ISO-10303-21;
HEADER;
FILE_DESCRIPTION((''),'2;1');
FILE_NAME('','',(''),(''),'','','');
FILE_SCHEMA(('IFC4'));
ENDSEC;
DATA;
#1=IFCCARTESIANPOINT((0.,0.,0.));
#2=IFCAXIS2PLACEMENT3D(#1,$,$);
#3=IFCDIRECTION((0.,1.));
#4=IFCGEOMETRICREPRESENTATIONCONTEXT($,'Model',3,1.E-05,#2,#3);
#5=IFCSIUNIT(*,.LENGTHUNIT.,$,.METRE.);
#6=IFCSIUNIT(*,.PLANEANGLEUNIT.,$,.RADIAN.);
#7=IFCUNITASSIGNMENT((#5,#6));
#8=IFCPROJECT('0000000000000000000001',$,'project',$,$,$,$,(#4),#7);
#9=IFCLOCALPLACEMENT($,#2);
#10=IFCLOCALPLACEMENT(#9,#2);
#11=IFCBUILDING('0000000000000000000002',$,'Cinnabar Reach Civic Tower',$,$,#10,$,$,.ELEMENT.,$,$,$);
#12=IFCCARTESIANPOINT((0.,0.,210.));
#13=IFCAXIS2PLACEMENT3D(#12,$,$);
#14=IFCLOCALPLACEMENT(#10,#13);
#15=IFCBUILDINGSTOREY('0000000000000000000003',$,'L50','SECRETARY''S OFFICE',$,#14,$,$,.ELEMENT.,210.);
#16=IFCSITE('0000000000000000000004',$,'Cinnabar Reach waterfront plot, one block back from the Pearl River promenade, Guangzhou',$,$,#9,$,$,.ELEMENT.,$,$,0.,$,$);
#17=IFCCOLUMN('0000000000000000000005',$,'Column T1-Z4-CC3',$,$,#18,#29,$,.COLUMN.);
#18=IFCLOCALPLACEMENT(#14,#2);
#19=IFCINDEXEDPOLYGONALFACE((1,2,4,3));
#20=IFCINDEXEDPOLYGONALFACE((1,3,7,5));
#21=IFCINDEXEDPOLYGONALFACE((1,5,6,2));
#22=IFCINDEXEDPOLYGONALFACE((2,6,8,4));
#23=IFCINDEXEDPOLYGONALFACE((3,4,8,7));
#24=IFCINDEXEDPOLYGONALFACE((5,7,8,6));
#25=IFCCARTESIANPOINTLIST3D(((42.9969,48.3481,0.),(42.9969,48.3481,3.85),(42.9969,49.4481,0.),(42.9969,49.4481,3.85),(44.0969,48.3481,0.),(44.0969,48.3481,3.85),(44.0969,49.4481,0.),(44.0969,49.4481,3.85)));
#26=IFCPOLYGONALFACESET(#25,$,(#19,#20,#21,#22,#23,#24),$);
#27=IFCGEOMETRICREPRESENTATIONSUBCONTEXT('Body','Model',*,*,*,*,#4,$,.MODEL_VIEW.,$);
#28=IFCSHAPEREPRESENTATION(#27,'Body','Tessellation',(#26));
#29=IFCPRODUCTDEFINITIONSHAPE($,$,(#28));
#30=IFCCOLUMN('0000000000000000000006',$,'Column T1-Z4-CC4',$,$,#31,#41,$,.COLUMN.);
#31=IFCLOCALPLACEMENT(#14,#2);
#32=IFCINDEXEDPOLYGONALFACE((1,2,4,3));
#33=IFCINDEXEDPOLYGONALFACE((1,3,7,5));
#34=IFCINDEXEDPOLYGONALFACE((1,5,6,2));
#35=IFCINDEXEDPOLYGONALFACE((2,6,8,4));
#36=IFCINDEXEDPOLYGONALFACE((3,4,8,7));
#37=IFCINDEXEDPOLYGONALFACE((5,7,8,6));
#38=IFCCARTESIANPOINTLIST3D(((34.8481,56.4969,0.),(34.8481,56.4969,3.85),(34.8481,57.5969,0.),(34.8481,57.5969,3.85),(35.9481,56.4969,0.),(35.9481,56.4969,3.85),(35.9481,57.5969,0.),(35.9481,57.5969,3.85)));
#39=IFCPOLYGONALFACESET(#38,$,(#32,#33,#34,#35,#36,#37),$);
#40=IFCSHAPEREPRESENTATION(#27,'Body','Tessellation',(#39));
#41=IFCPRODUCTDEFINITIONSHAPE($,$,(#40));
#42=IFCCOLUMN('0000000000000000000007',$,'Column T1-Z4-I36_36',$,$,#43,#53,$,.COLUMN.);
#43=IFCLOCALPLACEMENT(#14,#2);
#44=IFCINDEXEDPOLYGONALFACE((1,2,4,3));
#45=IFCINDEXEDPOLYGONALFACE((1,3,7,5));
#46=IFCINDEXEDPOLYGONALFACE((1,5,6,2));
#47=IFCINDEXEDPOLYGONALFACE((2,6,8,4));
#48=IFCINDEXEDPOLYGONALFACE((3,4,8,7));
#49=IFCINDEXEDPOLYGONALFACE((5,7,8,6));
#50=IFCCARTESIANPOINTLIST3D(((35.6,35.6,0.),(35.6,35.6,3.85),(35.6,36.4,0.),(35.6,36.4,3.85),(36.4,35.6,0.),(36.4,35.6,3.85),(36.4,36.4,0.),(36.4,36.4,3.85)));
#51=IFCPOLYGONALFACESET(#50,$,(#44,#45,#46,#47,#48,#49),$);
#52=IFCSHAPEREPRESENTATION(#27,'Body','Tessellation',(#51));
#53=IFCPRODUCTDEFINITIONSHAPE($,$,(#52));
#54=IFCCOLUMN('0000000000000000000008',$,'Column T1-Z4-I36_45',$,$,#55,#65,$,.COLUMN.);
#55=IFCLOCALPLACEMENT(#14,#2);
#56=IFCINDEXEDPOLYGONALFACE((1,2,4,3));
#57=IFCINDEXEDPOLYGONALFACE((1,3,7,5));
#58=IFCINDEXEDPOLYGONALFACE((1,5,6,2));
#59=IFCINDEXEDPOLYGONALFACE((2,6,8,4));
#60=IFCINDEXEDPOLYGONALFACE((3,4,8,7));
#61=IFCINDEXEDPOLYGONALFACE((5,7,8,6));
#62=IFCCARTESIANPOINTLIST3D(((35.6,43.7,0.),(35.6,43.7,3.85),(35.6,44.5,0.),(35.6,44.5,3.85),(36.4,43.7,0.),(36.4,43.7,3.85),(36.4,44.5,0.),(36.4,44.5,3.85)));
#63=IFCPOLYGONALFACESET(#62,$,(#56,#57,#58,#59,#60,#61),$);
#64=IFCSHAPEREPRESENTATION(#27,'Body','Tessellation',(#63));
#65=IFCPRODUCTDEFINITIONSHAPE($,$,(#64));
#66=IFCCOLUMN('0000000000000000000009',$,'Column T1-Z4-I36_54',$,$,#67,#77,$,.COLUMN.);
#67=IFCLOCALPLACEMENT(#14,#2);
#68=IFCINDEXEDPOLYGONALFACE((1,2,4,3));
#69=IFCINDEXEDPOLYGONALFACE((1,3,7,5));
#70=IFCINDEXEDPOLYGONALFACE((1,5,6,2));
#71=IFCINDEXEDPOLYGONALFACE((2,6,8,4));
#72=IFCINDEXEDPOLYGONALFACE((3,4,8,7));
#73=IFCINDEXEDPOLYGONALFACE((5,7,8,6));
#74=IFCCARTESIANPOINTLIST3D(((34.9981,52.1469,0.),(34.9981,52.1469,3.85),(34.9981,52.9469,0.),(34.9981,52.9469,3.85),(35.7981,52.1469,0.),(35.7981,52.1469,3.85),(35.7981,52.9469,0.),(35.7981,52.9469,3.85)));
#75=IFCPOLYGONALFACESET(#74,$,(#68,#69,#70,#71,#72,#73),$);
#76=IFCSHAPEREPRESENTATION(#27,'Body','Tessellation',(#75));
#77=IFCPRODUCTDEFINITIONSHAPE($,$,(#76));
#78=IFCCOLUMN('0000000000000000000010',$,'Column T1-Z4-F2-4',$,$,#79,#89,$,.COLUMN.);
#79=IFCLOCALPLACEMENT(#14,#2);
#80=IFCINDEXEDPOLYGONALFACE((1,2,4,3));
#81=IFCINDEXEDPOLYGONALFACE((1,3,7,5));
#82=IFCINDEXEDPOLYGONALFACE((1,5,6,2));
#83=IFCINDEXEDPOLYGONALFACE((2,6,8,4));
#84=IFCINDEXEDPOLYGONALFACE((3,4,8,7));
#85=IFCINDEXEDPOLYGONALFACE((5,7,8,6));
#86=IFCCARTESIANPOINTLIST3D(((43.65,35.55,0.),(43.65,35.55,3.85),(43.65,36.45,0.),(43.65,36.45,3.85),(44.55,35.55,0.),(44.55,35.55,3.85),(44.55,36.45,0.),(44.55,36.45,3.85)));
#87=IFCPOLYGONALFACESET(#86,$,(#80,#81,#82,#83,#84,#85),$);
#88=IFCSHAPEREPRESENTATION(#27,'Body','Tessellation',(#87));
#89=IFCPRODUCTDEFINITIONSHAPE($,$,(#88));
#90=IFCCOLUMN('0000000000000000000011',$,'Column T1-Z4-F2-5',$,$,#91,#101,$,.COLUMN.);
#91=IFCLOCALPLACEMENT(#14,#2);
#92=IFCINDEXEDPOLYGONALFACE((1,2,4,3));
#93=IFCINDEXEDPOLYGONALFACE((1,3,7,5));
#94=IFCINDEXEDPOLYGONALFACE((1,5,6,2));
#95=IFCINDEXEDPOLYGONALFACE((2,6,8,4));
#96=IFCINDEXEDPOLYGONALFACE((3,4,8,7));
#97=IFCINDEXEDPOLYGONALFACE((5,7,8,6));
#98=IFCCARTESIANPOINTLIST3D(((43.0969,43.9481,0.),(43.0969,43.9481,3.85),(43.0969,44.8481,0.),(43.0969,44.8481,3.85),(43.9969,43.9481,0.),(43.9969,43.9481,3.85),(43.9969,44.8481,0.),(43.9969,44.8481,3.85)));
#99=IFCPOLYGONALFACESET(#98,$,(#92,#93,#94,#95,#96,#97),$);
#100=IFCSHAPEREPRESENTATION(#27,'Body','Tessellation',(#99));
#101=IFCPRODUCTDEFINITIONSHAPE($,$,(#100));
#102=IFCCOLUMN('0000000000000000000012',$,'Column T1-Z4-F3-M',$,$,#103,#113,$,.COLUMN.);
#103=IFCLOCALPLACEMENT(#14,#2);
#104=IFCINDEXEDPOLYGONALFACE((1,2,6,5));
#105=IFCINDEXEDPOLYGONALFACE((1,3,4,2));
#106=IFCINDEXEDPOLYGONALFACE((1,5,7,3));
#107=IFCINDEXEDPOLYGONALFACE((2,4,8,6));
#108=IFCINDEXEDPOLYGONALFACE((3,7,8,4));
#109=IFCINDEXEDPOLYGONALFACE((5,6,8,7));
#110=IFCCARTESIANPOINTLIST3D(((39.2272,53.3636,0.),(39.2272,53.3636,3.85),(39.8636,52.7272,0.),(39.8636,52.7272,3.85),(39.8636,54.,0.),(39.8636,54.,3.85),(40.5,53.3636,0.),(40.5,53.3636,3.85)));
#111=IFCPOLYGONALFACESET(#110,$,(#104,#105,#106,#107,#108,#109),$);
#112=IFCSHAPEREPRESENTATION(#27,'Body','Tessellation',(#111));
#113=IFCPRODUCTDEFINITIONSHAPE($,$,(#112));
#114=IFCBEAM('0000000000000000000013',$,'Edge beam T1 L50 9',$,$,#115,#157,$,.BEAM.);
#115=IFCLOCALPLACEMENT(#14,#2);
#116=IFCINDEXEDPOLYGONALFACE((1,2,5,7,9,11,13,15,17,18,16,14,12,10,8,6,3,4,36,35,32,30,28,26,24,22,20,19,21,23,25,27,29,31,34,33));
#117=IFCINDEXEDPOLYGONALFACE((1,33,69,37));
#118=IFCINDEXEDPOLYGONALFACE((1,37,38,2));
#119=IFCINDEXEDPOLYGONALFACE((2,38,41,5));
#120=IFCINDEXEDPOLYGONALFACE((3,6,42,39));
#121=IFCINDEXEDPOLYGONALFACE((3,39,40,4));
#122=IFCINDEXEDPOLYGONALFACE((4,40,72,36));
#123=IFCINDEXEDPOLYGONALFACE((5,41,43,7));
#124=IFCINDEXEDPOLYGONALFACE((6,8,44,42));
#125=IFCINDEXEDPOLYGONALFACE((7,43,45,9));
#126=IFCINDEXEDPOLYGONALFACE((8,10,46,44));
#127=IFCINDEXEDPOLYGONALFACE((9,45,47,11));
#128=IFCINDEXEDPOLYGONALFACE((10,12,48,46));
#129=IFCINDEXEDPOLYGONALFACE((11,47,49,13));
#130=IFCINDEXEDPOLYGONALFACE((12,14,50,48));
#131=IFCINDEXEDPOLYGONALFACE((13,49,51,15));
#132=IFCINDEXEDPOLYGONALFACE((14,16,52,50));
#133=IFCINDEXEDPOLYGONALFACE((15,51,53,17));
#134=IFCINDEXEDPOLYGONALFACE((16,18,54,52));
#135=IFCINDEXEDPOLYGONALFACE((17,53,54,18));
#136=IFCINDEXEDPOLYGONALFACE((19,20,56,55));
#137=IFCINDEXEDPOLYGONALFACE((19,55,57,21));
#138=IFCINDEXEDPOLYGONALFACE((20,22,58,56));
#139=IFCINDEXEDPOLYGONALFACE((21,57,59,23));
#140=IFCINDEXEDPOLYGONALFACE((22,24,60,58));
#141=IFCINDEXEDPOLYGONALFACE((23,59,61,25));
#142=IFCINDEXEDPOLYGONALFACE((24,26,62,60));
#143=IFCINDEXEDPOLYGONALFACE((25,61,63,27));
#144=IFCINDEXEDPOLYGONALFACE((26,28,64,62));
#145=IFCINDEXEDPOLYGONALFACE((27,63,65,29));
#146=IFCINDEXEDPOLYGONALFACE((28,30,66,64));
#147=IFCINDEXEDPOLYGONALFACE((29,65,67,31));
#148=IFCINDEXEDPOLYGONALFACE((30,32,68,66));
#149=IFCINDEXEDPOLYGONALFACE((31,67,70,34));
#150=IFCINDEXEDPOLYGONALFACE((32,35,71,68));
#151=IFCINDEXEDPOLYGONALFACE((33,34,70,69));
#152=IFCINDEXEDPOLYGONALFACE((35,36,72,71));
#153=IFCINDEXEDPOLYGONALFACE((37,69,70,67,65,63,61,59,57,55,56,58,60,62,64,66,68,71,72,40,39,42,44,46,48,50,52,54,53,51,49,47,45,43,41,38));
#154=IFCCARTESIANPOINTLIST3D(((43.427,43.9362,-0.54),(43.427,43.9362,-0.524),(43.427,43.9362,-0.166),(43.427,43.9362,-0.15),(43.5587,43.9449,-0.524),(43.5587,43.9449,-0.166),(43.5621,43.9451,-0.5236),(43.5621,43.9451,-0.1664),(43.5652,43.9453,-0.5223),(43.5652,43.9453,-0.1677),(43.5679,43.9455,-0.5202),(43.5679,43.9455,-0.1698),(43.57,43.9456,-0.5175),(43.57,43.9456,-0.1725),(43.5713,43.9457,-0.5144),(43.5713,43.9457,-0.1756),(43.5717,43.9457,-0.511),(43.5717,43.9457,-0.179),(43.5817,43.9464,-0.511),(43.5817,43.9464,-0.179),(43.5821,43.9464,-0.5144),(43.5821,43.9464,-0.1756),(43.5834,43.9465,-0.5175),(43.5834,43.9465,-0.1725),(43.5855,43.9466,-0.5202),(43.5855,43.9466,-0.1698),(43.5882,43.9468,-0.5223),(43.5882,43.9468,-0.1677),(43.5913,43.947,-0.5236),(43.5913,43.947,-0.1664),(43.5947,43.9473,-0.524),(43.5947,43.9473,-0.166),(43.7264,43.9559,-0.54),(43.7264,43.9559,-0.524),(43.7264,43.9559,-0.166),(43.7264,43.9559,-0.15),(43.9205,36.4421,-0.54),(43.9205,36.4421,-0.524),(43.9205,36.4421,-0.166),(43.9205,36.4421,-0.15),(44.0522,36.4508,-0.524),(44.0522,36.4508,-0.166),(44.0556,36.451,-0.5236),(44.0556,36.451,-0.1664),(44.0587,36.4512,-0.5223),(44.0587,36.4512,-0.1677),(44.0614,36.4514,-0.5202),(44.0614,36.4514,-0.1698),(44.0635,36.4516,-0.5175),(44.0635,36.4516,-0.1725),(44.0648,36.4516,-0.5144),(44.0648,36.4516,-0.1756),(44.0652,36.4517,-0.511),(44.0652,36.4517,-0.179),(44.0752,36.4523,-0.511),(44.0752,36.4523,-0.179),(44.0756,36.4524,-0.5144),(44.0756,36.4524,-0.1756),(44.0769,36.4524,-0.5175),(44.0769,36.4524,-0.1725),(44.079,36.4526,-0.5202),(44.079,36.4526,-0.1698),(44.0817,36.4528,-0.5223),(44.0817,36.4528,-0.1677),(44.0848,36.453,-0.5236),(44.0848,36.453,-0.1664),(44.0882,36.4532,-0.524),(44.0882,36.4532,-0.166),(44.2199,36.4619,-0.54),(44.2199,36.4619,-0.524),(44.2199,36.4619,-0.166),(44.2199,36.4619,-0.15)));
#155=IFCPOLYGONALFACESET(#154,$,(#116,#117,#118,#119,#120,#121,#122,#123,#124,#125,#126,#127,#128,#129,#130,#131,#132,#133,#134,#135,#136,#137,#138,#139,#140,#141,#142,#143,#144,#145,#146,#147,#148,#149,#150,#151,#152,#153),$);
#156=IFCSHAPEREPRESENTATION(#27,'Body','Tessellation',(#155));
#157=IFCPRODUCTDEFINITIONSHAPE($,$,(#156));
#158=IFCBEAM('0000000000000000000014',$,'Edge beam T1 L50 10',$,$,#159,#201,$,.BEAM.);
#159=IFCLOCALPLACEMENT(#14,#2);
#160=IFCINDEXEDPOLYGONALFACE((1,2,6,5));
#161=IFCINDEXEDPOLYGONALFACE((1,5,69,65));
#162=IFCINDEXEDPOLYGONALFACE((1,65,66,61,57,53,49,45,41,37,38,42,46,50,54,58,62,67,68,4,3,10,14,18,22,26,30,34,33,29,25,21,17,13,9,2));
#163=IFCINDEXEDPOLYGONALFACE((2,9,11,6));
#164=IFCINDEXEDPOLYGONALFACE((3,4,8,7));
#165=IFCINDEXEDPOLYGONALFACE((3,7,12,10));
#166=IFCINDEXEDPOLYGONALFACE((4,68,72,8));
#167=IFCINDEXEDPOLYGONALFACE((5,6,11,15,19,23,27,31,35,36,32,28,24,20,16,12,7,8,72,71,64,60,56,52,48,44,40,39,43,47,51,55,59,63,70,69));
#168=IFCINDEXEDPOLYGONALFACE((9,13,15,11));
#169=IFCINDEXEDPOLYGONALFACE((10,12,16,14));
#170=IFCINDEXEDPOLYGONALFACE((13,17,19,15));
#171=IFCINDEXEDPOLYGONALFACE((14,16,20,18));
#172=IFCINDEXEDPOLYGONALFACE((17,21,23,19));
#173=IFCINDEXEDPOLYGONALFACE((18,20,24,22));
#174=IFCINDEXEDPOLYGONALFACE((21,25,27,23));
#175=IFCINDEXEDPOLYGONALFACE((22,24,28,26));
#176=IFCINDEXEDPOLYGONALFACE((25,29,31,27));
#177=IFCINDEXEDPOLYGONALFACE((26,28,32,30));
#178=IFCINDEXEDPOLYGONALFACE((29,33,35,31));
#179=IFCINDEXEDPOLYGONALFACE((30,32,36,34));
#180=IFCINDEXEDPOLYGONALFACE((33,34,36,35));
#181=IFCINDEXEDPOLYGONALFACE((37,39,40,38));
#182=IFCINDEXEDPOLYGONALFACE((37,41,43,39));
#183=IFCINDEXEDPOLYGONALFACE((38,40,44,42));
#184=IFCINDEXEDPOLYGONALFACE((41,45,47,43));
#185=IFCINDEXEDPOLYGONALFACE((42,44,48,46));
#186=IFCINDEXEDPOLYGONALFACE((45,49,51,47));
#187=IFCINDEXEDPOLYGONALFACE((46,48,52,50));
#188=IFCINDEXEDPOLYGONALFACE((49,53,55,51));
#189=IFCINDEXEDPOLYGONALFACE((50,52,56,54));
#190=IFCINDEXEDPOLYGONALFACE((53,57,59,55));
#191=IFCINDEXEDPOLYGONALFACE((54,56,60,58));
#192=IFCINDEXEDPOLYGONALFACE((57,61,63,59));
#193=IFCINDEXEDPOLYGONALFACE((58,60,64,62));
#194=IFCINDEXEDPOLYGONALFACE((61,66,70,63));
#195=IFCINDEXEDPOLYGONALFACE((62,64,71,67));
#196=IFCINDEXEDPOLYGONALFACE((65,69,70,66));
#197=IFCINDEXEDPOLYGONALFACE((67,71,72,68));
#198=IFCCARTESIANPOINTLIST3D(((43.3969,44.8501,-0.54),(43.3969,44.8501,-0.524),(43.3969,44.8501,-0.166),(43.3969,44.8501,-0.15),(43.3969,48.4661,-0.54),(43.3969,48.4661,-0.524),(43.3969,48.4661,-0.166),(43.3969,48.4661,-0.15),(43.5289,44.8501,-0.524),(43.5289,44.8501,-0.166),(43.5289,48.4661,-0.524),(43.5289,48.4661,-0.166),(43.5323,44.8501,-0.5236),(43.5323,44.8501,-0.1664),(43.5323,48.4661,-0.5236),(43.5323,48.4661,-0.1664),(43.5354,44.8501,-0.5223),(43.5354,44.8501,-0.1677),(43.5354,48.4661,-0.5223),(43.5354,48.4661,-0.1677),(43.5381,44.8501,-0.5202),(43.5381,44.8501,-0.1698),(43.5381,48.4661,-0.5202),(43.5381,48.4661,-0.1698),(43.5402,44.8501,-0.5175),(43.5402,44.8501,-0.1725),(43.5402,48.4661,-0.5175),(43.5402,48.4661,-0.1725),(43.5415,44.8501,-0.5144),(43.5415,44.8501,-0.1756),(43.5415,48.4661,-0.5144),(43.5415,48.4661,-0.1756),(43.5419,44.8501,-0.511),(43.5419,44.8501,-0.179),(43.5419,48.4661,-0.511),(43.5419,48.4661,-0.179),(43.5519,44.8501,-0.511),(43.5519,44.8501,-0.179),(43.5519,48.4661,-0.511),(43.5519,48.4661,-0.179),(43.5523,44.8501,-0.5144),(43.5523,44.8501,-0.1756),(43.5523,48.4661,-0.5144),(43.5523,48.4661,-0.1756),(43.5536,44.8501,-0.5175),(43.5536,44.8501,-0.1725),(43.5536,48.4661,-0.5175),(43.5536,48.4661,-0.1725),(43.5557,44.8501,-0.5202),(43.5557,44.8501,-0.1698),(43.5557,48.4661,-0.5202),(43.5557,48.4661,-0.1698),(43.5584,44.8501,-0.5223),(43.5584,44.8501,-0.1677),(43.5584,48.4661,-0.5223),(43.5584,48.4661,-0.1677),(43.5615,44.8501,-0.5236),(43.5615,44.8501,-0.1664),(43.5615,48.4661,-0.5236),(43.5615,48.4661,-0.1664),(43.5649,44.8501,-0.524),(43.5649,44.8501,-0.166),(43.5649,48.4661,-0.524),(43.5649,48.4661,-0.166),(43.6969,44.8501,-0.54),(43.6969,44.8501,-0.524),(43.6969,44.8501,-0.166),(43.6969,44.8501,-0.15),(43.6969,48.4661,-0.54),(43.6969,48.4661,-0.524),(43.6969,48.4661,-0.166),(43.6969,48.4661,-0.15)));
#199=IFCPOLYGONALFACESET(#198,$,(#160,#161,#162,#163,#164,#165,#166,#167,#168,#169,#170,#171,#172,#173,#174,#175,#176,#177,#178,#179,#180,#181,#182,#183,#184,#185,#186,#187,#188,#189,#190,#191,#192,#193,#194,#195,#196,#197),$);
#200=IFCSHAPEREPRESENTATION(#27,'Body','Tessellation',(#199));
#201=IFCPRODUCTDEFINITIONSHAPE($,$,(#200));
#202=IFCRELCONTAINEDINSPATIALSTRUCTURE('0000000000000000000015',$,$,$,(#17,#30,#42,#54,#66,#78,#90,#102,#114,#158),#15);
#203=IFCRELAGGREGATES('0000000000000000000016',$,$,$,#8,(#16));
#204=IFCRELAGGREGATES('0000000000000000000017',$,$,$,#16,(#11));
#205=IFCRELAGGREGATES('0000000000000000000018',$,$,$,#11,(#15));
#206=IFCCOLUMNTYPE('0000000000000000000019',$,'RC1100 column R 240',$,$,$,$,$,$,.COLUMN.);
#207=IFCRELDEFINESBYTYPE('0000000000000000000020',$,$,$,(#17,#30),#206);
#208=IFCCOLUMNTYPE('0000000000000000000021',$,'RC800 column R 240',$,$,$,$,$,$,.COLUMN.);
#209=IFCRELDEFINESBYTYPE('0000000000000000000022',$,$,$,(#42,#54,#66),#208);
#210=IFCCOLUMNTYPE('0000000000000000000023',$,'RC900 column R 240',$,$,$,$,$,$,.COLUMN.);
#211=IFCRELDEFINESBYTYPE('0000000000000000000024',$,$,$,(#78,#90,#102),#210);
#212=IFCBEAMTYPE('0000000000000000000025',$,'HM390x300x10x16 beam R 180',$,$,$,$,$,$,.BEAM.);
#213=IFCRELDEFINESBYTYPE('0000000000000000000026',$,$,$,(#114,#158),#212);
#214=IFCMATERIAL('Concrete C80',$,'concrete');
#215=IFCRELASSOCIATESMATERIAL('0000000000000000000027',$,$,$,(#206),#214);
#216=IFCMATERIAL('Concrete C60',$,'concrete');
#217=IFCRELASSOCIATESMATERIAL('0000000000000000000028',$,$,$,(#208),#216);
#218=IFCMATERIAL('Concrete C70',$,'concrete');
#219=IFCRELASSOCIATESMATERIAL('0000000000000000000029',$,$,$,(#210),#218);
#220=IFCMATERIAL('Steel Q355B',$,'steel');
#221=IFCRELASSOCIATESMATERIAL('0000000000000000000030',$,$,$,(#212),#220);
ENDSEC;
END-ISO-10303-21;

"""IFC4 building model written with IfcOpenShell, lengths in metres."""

from ifc_helpers import new_model, si_unit, direction, frame, origin, origin_2d, place, context, subcontext, project, spatial, rectangle, i_section, extrude, material, material_profile, profile_set, type_object, element, save


model = new_model("IFC4")

# Units and contexts
model_context = context("Model", 3, precision=1e-05, world=origin(), true_north=direction((0.0, 1.0)))
body_context = subcontext(model_context, "Body", "Model", "MODEL_VIEW")
ifc_project = project(units=[si_unit("LENGTHUNIT", "METRE"), si_unit("PLANEANGLEUNIT", "RADIAN")], contexts=[model_context])

# Site, building, storey
site_placement = place(None, origin())
site = spatial("IfcSite", under=ifc_project, at=site_placement, Name="Cinnabar Reach waterfront plot, one block back from the Pearl River promenade, Guangzhou", CompositionType="ELEMENT", RefElevation=0.0)
building_placement = place(site_placement, origin())
building = spatial("IfcBuilding", under=site, at=building_placement, Name="Cinnabar Reach Civic Tower", CompositionType="ELEMENT")
storey_placement = place(building_placement, frame((0.0, 0.0, 210.0)))
storey = spatial("IfcBuildingStorey", under=building, at=storey_placement, Name="L50", Description="SECRETARY'S OFFICE", CompositionType="ELEMENT", Elevation=210.0)

# Columns
ifc_material_1 = material(Name="Concrete C80", Category="concrete")
ifc_material_profile_1 = material_profile(ifc_material_1, rectangle(XDim=1.1, YDim=1.1, at=origin_2d()), Name="RC1100")
ifc_profile_set_1 = profile_set([ifc_material_profile_1], Name="Concrete C80")
column_type_1 = type_object("IfcColumnType", Name="RC1100 column R 240", PredefinedType="COLUMN", material=ifc_profile_set_1)
for number, where, z_axis, x_axis, name in (
    (1, (43.5469, 48.8981, 0.0), (0.0, 0.0, 1.0), (1.0, 0.0, 0.0), "Column T1-Z4-CC3"),
    (2, (35.3981, 57.0469, 0.0), (0.0, 0.0, 1.0), (1.0, 0.0, 0.0), "Column T1-Z4-CC4"),
):
    element("IfcColumn", number, at=place(storey_placement, frame(where, z_axis=z_axis, x_axis=x_axis)), inside=storey, type_object=column_type_1, Name=name, PredefinedType="COLUMN", context=body_context, shape_type="SweptSolid", body=[
        extrude(rectangle(XDim=1.1, YDim=1.1, at=origin_2d()), origin(), (0.0, 0.0, 1.0), 3.85),
    ])
ifc_material_2 = material(Name="Concrete C60", Category="concrete")
ifc_material_profile_2 = material_profile(ifc_material_2, rectangle(XDim=0.8, YDim=0.8, at=origin_2d()), Name="RC800")
ifc_profile_set_2 = profile_set([ifc_material_profile_2], Name="Concrete C60")
column_type_2 = type_object("IfcColumnType", Name="RC800 column R 240", PredefinedType="COLUMN", material=ifc_profile_set_2)
for number, where, z_axis, x_axis, name in (
    (3, (36.0, 36.0, 0.0), (0.0, 0.0, 1.0), (1.0, 0.0, 0.0), "Column T1-Z4-I36_36"),
    (4, (36.0, 44.1, 0.0), (0.0, 0.0, 1.0), (1.0, 0.0, 0.0), "Column T1-Z4-I36_45"),
    (5, (35.3981, 52.5469, 0.0), (0.0, 0.0, 1.0), (1.0, 0.0, 0.0), "Column T1-Z4-I36_54"),
):
    element("IfcColumn", number, at=place(storey_placement, frame(where, z_axis=z_axis, x_axis=x_axis)), inside=storey, type_object=column_type_2, Name=name, PredefinedType="COLUMN", context=body_context, shape_type="SweptSolid", body=[
        extrude(rectangle(XDim=0.8, YDim=0.8, at=origin_2d()), origin(), (0.0, 0.0, 1.0), 3.85),
    ])
ifc_material_3 = material(Name="Concrete C70", Category="concrete")
ifc_material_profile_3 = material_profile(ifc_material_3, rectangle(XDim=0.9, YDim=0.9, at=origin_2d()), Name="RC900")
ifc_profile_set_3 = profile_set([ifc_material_profile_3], Name="Concrete C70")
column_type_3 = type_object("IfcColumnType", Name="RC900 column R 240", PredefinedType="COLUMN", material=ifc_profile_set_3)
for number, where, z_axis, x_axis, name in (
    (6, (44.1, 36.0, 0.0), (0.0, 0.0, 1.0), (1.0, 0.0, 0.0), "Column T1-Z4-F2-4"),
    (7, (43.5469, 44.3981, 0.0), (0.0, 0.0, 1.0), (1.0, 0.0, 0.0), "Column T1-Z4-F2-5"),
    (8, (39.8636, 53.3636, 0.0), (0.0, 0.0, 1.0), (0.707107, 0.707107, 0.0), "Column T1-Z4-F3-M"),
):
    element("IfcColumn", number, at=place(storey_placement, frame(where, z_axis=z_axis, x_axis=x_axis)), inside=storey, type_object=column_type_3, Name=name, PredefinedType="COLUMN", context=body_context, shape_type="SweptSolid", body=[
        extrude(rectangle(XDim=0.9, YDim=0.9, at=origin_2d()), origin(), (0.0, 0.0, 1.0), 3.85),
    ])

# Beams
ifc_material_4 = material(Name="Steel Q355B", Category="steel")
ifc_material_profile_4 = material_profile(ifc_material_4, i_section(OverallWidth=0.3, OverallDepth=0.39, WebThickness=0.01, FlangeThickness=0.016, FilletRadius=0.013, at=origin_2d()), Name="HM390x300x10x16")
ifc_profile_set_4 = profile_set([ifc_material_profile_4], Name="Steel Q355B")
beam_type_1 = type_object("IfcBeamType", Name="HM390x300x10x16 beam R 180", PredefinedType="BEAM", material=ifc_profile_set_4)
beam_1_placement = place(storey_placement, frame((44.0702, 36.452, -0.345), z_axis=(-0.065709, 0.997839, 0.0), x_axis=(-0.997839, -0.065709, 0.0)))
element("IfcBeam", 9, at=beam_1_placement, inside=storey, type_object=beam_type_1, Name="Edge beam T1 L50 9", PredefinedType="BEAM", context=body_context, shape_type="SweptSolid", body=[
    extrude(i_section(OverallWidth=0.3, OverallDepth=0.39, WebThickness=0.01, FlangeThickness=0.016, FilletRadius=0.013, at=origin_2d()), origin(), (0.0, 0.0, 1.0), 7.5103),
])
beam_2_placement = place(storey_placement, frame((43.5469, 44.8501, -0.345), z_axis=(0.0, 1.0, 0.0), x_axis=(-1.0, 0.0, 0.0)))
element("IfcBeam", 10, at=beam_2_placement, inside=storey, type_object=beam_type_1, Name="Edge beam T1 L50 10", PredefinedType="BEAM", context=body_context, shape_type="SweptSolid", body=[
    extrude(i_section(OverallWidth=0.3, OverallDepth=0.39, WebThickness=0.01, FlangeThickness=0.016, FilletRadius=0.013, at=origin_2d()), origin(), (0.0, 0.0, 1.0), 3.616),
])

save(model, "model.ifc")
